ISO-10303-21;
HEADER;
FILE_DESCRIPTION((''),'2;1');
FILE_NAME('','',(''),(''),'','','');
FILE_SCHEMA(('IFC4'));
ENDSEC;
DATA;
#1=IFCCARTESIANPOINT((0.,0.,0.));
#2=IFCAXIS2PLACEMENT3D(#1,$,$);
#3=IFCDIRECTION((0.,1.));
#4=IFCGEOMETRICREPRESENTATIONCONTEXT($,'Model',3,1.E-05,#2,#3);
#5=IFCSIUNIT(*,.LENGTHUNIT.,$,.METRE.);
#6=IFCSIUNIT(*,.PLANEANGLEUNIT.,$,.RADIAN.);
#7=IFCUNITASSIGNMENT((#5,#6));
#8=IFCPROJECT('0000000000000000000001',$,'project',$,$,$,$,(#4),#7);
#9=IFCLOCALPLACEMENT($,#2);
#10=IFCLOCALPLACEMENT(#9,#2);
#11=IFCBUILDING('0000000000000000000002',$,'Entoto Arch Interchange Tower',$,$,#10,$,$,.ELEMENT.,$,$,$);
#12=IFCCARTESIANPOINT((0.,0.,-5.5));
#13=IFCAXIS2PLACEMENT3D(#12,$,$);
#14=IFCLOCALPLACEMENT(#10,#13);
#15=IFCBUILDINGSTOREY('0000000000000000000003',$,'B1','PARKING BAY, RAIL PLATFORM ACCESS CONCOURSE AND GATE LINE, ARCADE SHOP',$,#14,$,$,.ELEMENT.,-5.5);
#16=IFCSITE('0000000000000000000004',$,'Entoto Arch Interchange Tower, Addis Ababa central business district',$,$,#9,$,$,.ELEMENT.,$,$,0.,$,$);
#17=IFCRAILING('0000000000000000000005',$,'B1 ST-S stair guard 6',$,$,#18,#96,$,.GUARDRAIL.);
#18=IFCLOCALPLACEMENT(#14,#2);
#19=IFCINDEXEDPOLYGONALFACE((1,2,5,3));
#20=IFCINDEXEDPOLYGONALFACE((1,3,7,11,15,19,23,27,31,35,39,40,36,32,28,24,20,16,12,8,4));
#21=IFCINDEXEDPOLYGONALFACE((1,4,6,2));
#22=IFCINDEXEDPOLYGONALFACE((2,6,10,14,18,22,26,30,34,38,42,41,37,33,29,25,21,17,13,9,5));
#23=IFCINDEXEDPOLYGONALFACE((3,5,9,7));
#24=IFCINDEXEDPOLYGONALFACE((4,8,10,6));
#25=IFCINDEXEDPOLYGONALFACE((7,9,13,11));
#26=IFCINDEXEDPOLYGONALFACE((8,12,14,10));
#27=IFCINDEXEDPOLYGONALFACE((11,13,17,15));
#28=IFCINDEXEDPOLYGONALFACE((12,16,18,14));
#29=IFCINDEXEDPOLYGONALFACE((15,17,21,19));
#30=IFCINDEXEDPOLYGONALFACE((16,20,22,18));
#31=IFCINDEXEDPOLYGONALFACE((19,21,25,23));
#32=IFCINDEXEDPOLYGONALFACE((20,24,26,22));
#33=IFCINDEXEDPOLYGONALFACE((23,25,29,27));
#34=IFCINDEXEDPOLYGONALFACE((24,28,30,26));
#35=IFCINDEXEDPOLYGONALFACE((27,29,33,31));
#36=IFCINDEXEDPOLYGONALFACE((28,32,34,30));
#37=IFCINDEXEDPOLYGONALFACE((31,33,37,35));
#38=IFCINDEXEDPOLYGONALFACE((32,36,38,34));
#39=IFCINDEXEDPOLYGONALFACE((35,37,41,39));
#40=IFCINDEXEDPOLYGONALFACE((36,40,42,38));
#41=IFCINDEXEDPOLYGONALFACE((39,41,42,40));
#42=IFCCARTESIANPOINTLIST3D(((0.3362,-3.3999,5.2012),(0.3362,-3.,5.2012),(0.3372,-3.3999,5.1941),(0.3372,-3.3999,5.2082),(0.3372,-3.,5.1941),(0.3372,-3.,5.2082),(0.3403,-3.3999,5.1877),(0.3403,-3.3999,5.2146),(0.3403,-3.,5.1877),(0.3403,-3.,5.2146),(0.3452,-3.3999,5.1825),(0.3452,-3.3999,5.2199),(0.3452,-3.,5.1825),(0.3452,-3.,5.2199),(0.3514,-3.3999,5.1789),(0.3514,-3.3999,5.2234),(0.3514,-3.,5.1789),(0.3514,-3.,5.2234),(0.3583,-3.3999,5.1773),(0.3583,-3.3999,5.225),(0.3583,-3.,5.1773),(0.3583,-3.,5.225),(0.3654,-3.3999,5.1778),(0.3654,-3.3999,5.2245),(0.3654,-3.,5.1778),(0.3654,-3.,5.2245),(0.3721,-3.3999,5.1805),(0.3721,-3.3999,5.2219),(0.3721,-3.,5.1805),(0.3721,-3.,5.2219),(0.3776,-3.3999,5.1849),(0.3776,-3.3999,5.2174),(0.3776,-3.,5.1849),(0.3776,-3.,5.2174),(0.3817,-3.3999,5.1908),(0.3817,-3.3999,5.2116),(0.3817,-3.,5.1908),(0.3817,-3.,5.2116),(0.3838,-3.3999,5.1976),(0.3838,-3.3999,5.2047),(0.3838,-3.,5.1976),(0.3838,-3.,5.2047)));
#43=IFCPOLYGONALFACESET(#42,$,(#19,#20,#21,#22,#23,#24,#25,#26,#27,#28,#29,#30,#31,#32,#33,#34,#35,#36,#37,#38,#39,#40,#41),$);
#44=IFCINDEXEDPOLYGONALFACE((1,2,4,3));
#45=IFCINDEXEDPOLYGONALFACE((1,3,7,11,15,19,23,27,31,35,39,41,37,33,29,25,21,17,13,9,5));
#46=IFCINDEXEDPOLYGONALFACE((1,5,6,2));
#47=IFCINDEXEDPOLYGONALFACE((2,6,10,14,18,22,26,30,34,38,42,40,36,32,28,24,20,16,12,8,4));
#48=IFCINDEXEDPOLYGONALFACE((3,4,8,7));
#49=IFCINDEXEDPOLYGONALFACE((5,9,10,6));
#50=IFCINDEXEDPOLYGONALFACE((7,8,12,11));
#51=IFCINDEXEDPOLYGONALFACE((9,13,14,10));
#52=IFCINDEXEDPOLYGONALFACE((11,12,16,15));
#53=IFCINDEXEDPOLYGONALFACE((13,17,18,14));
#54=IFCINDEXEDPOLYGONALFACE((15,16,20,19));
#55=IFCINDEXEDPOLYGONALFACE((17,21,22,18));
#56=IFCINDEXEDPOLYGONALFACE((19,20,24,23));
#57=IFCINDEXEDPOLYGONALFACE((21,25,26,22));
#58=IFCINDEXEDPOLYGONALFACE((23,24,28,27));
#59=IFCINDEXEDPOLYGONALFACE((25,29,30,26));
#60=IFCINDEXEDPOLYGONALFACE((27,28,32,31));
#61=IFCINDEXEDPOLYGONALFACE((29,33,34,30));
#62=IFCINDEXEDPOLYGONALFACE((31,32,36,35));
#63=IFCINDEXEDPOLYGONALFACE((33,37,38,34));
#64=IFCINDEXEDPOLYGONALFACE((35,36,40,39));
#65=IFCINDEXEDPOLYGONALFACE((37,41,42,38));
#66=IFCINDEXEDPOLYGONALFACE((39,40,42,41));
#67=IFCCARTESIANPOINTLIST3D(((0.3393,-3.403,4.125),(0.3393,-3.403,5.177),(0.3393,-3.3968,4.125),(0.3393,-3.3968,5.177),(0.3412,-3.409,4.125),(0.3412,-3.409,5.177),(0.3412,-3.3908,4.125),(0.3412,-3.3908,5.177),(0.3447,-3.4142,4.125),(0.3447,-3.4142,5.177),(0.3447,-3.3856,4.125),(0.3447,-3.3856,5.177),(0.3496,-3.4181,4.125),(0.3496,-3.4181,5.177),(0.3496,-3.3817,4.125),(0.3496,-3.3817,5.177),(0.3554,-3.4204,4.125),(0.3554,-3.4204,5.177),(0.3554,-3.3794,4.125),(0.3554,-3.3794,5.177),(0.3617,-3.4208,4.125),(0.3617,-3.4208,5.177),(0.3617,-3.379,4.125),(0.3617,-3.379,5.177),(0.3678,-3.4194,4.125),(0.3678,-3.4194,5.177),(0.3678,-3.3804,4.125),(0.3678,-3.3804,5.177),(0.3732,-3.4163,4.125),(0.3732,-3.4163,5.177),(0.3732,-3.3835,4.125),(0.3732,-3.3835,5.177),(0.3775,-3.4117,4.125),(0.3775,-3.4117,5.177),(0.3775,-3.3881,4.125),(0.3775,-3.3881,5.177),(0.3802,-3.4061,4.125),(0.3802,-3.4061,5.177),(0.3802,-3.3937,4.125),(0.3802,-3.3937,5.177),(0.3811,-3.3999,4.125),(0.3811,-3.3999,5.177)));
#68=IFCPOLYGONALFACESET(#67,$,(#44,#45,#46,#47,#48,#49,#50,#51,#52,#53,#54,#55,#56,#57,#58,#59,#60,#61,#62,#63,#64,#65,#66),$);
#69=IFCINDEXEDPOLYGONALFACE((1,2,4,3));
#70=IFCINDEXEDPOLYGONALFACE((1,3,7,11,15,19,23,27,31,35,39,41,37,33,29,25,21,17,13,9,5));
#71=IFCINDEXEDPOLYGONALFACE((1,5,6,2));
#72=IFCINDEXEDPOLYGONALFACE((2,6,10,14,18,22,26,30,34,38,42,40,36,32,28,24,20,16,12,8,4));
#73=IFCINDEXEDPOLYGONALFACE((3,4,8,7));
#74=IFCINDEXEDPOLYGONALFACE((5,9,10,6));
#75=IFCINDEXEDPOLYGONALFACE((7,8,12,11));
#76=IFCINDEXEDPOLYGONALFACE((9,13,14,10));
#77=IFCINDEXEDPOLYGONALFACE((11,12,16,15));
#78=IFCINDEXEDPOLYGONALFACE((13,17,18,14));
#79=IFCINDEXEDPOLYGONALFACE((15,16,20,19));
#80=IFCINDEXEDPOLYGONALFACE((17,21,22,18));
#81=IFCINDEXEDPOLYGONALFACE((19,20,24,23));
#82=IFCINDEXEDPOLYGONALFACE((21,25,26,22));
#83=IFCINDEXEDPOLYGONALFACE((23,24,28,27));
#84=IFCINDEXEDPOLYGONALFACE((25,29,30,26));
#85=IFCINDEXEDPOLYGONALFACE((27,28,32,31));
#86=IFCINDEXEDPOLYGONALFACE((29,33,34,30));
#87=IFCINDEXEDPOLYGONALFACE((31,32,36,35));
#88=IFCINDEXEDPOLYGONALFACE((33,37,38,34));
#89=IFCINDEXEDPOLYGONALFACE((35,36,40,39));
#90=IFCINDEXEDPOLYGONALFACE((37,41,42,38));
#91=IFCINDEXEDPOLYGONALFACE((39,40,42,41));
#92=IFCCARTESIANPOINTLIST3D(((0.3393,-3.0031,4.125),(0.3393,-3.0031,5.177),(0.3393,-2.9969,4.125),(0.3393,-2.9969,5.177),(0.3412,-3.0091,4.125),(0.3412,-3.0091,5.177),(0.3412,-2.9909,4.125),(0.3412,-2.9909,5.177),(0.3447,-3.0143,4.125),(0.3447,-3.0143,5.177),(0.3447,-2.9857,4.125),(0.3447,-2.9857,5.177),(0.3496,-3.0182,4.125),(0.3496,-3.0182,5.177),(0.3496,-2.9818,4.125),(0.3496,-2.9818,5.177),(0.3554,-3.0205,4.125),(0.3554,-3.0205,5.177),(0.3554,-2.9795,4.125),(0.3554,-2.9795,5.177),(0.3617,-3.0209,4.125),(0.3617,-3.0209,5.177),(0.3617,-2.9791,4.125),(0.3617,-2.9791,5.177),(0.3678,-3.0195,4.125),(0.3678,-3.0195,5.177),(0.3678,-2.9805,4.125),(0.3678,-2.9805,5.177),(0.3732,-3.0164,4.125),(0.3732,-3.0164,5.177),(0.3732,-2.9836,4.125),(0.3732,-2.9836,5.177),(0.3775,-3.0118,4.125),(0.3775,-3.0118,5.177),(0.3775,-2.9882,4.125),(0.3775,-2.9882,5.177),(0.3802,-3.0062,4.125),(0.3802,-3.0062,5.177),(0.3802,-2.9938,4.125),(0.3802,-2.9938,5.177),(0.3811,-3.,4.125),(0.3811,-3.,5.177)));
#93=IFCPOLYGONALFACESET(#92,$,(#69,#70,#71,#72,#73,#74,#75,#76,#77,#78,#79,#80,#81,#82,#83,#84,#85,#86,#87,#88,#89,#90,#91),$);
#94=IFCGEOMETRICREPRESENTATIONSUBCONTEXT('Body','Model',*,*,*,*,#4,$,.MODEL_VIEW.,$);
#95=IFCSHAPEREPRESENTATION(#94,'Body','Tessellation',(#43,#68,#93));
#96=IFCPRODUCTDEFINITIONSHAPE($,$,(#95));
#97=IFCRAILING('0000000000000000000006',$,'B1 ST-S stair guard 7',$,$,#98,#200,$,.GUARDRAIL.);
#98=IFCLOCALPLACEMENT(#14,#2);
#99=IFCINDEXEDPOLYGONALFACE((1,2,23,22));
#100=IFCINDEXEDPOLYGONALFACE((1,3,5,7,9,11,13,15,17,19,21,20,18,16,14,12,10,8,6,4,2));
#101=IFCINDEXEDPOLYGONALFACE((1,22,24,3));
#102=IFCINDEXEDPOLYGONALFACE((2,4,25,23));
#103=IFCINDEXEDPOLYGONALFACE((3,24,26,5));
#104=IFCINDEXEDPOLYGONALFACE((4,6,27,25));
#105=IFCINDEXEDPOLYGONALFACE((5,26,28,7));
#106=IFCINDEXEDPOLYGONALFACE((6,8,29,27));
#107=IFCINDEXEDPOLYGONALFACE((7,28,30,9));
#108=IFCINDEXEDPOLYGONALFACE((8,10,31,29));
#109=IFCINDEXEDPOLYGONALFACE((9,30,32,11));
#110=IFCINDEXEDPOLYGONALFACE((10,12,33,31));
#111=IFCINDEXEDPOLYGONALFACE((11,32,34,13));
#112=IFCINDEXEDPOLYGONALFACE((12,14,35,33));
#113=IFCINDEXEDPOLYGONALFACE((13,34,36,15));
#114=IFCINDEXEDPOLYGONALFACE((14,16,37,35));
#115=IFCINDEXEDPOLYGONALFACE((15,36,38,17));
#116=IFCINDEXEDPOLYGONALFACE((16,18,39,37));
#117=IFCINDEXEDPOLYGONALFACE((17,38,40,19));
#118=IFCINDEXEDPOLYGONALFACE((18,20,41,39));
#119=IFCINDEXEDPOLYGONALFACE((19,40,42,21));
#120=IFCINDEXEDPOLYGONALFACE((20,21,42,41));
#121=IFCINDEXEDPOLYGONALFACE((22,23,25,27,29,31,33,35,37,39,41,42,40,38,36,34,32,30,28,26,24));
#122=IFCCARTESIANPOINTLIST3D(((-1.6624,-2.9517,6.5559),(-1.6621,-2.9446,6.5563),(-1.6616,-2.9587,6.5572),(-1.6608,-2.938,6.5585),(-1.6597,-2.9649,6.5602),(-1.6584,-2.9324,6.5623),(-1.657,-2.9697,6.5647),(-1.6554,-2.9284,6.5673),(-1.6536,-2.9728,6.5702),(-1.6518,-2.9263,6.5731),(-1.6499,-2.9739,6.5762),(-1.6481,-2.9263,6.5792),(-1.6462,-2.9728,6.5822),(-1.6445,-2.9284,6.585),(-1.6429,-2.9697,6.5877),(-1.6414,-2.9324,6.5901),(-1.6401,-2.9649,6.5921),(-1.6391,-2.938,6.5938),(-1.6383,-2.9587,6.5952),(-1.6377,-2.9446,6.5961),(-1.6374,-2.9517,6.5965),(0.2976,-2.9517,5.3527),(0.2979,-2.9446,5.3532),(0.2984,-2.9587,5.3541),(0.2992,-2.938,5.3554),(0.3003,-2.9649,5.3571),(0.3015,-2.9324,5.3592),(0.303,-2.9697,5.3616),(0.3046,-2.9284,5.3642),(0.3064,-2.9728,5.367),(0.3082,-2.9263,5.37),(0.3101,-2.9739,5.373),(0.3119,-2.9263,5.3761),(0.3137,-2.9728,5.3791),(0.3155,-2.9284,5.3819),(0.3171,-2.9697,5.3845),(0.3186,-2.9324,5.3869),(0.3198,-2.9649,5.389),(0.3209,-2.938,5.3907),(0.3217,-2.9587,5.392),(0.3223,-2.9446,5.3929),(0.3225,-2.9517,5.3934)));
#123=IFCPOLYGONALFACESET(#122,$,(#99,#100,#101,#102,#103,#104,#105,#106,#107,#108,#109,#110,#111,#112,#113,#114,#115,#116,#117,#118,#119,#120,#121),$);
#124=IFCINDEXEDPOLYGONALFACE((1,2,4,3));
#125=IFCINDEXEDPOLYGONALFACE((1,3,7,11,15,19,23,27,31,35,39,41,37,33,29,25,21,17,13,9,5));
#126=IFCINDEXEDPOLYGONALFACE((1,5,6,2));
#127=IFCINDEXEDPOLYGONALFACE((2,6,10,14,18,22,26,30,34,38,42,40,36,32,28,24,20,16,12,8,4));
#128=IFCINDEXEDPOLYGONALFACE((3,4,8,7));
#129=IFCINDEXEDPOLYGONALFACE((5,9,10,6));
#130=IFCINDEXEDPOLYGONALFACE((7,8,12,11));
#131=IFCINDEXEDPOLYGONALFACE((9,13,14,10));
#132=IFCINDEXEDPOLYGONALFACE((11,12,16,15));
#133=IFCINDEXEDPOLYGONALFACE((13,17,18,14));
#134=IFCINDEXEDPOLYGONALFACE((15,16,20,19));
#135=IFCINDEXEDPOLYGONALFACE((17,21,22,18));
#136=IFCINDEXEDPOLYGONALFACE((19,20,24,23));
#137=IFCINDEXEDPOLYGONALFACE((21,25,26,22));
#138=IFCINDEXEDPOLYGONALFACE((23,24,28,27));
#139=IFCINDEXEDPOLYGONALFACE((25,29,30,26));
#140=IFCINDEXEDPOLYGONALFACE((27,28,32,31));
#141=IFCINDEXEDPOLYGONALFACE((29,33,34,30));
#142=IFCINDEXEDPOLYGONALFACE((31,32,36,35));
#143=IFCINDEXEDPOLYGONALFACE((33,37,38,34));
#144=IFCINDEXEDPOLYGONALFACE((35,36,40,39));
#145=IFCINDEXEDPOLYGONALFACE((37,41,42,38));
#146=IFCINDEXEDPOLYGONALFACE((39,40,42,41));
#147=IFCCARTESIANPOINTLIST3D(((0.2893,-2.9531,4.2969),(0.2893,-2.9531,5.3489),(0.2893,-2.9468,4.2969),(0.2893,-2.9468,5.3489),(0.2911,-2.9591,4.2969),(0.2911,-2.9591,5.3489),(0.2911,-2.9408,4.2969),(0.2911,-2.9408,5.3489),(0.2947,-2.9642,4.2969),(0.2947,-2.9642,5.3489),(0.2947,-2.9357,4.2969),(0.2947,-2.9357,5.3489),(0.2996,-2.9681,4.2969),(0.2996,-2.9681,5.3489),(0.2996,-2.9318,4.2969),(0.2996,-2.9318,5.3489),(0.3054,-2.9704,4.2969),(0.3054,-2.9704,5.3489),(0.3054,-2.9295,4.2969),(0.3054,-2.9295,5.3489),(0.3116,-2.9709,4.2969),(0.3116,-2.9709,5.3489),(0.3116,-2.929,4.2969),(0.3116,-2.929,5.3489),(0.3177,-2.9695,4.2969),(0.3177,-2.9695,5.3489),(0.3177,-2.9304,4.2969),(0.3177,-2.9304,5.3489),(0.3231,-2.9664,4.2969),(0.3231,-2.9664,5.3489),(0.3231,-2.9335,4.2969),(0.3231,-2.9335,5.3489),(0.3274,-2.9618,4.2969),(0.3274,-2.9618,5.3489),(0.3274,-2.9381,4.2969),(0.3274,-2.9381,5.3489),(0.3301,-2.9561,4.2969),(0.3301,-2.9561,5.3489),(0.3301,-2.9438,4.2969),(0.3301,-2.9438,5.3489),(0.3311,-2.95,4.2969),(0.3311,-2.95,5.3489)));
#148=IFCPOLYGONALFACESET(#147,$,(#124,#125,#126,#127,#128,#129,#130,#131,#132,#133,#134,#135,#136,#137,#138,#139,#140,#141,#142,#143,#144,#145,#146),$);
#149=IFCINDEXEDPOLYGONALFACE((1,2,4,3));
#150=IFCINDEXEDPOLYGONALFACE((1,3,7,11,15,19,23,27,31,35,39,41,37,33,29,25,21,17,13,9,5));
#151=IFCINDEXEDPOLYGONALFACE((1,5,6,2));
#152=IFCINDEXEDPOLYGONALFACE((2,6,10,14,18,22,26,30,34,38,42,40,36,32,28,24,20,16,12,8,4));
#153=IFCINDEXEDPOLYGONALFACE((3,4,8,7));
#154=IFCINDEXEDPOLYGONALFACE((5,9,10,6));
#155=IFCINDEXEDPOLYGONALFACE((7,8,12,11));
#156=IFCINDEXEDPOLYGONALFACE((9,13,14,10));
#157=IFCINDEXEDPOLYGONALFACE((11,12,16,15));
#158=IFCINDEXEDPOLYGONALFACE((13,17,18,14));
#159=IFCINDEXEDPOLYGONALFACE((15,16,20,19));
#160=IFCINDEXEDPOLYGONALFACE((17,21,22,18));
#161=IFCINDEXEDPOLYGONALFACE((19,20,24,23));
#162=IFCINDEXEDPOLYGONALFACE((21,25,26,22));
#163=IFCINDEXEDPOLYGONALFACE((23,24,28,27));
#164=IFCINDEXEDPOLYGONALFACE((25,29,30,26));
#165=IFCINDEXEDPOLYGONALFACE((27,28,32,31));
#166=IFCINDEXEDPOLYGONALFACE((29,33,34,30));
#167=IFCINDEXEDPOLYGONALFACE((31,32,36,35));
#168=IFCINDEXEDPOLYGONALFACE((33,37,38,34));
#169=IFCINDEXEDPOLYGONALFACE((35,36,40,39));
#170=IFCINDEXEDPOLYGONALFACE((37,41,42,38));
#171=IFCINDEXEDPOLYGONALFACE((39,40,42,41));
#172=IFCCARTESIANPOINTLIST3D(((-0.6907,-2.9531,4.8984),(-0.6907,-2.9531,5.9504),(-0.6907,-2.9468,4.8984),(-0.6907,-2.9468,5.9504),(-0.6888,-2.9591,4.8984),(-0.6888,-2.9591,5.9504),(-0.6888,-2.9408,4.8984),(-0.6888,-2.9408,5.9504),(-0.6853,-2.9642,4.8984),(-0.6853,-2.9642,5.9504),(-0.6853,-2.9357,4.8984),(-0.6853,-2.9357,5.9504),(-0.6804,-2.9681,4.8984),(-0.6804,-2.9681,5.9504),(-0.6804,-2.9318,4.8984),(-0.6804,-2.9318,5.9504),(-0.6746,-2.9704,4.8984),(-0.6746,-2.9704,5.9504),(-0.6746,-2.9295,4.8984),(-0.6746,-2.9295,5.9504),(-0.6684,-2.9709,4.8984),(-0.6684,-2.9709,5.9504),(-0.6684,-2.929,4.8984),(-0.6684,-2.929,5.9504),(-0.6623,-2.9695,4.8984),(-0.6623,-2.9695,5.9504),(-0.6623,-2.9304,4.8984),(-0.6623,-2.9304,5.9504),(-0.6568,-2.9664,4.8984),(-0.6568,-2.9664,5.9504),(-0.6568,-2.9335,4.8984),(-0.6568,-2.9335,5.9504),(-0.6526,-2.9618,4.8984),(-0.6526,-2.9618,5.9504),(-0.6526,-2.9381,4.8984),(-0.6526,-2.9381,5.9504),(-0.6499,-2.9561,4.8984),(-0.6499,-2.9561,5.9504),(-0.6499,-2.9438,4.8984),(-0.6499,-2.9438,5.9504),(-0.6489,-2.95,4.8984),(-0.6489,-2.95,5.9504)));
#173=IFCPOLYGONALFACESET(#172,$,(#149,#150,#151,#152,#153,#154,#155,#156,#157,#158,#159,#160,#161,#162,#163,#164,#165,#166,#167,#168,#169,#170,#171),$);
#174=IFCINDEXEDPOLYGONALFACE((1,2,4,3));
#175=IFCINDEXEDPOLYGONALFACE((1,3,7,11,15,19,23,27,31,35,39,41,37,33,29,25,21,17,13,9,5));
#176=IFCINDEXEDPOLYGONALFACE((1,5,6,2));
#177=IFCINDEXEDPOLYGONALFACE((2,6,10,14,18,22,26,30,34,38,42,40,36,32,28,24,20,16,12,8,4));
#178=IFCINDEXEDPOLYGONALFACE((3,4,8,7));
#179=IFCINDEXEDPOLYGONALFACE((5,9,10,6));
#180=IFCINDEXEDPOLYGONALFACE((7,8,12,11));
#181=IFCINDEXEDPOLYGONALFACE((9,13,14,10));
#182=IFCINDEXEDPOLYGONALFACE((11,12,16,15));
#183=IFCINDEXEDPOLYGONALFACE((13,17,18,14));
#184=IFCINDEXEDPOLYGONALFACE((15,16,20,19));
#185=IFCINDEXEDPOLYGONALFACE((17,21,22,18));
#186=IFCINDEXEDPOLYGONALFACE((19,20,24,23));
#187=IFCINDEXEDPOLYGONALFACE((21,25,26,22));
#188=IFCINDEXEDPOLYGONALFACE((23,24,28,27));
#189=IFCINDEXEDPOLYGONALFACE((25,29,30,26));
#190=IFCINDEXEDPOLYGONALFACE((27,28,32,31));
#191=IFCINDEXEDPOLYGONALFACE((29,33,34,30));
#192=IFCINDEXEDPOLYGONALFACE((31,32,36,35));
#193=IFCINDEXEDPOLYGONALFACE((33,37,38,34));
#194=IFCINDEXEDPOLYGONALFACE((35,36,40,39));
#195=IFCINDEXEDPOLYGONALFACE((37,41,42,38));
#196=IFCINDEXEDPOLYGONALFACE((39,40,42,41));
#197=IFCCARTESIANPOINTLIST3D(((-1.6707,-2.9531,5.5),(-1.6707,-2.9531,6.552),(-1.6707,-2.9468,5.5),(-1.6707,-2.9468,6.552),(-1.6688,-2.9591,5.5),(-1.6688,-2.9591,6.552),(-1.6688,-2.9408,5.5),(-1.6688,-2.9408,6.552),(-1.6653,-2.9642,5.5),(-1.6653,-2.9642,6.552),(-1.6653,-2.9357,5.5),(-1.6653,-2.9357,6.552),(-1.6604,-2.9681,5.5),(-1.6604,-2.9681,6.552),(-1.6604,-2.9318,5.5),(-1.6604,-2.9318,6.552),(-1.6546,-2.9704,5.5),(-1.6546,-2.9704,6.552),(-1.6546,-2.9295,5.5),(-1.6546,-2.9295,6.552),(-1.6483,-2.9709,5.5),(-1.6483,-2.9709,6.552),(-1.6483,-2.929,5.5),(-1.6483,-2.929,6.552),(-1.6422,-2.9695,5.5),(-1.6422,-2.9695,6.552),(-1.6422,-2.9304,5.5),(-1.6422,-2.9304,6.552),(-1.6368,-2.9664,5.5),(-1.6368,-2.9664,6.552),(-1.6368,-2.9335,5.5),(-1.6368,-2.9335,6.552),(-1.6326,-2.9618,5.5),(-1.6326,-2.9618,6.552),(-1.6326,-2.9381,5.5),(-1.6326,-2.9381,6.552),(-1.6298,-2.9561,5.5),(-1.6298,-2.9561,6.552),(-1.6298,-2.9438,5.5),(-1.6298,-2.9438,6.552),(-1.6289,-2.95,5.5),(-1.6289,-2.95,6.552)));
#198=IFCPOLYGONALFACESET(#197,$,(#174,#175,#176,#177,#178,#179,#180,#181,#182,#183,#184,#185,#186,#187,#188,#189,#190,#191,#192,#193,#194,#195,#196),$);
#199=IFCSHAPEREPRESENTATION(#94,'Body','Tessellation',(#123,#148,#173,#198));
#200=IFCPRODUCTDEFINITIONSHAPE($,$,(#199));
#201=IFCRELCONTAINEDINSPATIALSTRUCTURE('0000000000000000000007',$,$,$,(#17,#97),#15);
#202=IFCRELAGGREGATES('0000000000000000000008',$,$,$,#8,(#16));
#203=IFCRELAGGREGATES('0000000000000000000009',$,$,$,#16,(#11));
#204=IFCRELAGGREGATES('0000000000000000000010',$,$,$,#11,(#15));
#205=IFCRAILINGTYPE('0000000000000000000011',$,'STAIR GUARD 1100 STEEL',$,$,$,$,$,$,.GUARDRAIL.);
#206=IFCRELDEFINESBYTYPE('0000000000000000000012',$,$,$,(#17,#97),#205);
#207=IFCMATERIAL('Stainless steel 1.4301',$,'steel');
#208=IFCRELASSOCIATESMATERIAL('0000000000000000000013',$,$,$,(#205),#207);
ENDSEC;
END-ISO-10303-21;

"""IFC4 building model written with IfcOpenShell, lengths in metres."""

from ifc_helpers import new_model, si_unit, direction, frame, origin, origin_2d, place, context, subcontext, project, spatial, circle, extrude, material, type_object, element, save


model = new_model("IFC4")

# Units and contexts
model_context = context("Model", 3, precision=1e-05, world=origin(), true_north=direction((0.0, 1.0)))
body_context = subcontext(model_context, "Body", "Model", "MODEL_VIEW")
ifc_project = project(units=[si_unit("LENGTHUNIT", "METRE"), si_unit("PLANEANGLEUNIT", "RADIAN")], contexts=[model_context])

# Site, building, storey
site_placement = place(None, origin())
site = spatial("IfcSite", under=ifc_project, at=site_placement, Name="Entoto Arch Interchange Tower, Addis Ababa central business district", CompositionType="ELEMENT", RefElevation=0.0)
building_placement = place(site_placement, origin())
building = spatial("IfcBuilding", under=site, at=building_placement, Name="Entoto Arch Interchange Tower", CompositionType="ELEMENT")
storey_placement = place(building_placement, frame((0.0, 0.0, -5.5)))
storey = spatial("IfcBuildingStorey", under=building, at=storey_placement, Name="B1", Description="PARKING BAY, RAIL PLATFORM ACCESS CONCOURSE AND GATE LINE, ARCADE SHOP", CompositionType="ELEMENT", Elevation=-5.5)

# Railings
ifc_material_1 = material(Name="Stainless steel 1.4301", Category="steel")
railing_type_1 = type_object("IfcRailingType", Name="STAIR GUARD 1100 STEEL", PredefinedType="GUARDRAIL", material=ifc_material_1)
railing_1_placement = place(storey_placement, frame((0.3601, -3.3999, 4.125)))
element("IfcRailing", 1, at=railing_1_placement, inside=storey, type_object=railing_type_1, Name="B1 ST-S stair guard 6", PredefinedType="GUARDRAIL", context=body_context, shape_type="SweptSolid", body=[
    extrude(circle(Radius=0.0239, at=origin_2d()), frame((0.0, 0.0, 1.0762), z_axis=(0.0, 1.0, 0.0), x_axis=(-1.0, 0.0, 0.0)), (0.0, 0.0, 1.0), 0.3999),
    extrude(circle(Radius=0.021, at=origin_2d()), origin(), (0.0, 0.0, 1.0), 1.052),
    extrude(circle(Radius=0.021, at=origin_2d()), frame((0.0, 0.3999, 0.0)), (0.0, 0.0, 1.0), 1.052),
])
railing_2_placement = place(storey_placement, frame((0.3101, -2.95, 4.2969)))
element("IfcRailing", 2, at=railing_2_placement, inside=storey, type_object=railing_type_1, Name="B1 ST-S stair guard 7", PredefinedType="GUARDRAIL", context=body_context, shape_type="SweptSolid", body=[
    extrude(circle(Radius=0.0239, at=origin_2d()), frame((0.0, 0.0, 1.0762), z_axis=(-0.852241, 0.0, 0.523149), x_axis=(0.0, -1.0, 0.0)), (0.0, 0.0, 1.0), 2.2998),
    extrude(circle(Radius=0.021, at=origin_2d()), origin(), (0.0, 0.0, 1.0), 1.052),
    extrude(circle(Radius=0.021, at=origin_2d()), frame((-0.98, 0.0, 0.6016)), (0.0, 0.0, 1.0), 1.052),
    extrude(circle(Radius=0.021, at=origin_2d()), frame((-1.96, 0.0, 1.2031)), (0.0, 0.0, 1.0), 1.052),
])

save(model, "model.ifc")
